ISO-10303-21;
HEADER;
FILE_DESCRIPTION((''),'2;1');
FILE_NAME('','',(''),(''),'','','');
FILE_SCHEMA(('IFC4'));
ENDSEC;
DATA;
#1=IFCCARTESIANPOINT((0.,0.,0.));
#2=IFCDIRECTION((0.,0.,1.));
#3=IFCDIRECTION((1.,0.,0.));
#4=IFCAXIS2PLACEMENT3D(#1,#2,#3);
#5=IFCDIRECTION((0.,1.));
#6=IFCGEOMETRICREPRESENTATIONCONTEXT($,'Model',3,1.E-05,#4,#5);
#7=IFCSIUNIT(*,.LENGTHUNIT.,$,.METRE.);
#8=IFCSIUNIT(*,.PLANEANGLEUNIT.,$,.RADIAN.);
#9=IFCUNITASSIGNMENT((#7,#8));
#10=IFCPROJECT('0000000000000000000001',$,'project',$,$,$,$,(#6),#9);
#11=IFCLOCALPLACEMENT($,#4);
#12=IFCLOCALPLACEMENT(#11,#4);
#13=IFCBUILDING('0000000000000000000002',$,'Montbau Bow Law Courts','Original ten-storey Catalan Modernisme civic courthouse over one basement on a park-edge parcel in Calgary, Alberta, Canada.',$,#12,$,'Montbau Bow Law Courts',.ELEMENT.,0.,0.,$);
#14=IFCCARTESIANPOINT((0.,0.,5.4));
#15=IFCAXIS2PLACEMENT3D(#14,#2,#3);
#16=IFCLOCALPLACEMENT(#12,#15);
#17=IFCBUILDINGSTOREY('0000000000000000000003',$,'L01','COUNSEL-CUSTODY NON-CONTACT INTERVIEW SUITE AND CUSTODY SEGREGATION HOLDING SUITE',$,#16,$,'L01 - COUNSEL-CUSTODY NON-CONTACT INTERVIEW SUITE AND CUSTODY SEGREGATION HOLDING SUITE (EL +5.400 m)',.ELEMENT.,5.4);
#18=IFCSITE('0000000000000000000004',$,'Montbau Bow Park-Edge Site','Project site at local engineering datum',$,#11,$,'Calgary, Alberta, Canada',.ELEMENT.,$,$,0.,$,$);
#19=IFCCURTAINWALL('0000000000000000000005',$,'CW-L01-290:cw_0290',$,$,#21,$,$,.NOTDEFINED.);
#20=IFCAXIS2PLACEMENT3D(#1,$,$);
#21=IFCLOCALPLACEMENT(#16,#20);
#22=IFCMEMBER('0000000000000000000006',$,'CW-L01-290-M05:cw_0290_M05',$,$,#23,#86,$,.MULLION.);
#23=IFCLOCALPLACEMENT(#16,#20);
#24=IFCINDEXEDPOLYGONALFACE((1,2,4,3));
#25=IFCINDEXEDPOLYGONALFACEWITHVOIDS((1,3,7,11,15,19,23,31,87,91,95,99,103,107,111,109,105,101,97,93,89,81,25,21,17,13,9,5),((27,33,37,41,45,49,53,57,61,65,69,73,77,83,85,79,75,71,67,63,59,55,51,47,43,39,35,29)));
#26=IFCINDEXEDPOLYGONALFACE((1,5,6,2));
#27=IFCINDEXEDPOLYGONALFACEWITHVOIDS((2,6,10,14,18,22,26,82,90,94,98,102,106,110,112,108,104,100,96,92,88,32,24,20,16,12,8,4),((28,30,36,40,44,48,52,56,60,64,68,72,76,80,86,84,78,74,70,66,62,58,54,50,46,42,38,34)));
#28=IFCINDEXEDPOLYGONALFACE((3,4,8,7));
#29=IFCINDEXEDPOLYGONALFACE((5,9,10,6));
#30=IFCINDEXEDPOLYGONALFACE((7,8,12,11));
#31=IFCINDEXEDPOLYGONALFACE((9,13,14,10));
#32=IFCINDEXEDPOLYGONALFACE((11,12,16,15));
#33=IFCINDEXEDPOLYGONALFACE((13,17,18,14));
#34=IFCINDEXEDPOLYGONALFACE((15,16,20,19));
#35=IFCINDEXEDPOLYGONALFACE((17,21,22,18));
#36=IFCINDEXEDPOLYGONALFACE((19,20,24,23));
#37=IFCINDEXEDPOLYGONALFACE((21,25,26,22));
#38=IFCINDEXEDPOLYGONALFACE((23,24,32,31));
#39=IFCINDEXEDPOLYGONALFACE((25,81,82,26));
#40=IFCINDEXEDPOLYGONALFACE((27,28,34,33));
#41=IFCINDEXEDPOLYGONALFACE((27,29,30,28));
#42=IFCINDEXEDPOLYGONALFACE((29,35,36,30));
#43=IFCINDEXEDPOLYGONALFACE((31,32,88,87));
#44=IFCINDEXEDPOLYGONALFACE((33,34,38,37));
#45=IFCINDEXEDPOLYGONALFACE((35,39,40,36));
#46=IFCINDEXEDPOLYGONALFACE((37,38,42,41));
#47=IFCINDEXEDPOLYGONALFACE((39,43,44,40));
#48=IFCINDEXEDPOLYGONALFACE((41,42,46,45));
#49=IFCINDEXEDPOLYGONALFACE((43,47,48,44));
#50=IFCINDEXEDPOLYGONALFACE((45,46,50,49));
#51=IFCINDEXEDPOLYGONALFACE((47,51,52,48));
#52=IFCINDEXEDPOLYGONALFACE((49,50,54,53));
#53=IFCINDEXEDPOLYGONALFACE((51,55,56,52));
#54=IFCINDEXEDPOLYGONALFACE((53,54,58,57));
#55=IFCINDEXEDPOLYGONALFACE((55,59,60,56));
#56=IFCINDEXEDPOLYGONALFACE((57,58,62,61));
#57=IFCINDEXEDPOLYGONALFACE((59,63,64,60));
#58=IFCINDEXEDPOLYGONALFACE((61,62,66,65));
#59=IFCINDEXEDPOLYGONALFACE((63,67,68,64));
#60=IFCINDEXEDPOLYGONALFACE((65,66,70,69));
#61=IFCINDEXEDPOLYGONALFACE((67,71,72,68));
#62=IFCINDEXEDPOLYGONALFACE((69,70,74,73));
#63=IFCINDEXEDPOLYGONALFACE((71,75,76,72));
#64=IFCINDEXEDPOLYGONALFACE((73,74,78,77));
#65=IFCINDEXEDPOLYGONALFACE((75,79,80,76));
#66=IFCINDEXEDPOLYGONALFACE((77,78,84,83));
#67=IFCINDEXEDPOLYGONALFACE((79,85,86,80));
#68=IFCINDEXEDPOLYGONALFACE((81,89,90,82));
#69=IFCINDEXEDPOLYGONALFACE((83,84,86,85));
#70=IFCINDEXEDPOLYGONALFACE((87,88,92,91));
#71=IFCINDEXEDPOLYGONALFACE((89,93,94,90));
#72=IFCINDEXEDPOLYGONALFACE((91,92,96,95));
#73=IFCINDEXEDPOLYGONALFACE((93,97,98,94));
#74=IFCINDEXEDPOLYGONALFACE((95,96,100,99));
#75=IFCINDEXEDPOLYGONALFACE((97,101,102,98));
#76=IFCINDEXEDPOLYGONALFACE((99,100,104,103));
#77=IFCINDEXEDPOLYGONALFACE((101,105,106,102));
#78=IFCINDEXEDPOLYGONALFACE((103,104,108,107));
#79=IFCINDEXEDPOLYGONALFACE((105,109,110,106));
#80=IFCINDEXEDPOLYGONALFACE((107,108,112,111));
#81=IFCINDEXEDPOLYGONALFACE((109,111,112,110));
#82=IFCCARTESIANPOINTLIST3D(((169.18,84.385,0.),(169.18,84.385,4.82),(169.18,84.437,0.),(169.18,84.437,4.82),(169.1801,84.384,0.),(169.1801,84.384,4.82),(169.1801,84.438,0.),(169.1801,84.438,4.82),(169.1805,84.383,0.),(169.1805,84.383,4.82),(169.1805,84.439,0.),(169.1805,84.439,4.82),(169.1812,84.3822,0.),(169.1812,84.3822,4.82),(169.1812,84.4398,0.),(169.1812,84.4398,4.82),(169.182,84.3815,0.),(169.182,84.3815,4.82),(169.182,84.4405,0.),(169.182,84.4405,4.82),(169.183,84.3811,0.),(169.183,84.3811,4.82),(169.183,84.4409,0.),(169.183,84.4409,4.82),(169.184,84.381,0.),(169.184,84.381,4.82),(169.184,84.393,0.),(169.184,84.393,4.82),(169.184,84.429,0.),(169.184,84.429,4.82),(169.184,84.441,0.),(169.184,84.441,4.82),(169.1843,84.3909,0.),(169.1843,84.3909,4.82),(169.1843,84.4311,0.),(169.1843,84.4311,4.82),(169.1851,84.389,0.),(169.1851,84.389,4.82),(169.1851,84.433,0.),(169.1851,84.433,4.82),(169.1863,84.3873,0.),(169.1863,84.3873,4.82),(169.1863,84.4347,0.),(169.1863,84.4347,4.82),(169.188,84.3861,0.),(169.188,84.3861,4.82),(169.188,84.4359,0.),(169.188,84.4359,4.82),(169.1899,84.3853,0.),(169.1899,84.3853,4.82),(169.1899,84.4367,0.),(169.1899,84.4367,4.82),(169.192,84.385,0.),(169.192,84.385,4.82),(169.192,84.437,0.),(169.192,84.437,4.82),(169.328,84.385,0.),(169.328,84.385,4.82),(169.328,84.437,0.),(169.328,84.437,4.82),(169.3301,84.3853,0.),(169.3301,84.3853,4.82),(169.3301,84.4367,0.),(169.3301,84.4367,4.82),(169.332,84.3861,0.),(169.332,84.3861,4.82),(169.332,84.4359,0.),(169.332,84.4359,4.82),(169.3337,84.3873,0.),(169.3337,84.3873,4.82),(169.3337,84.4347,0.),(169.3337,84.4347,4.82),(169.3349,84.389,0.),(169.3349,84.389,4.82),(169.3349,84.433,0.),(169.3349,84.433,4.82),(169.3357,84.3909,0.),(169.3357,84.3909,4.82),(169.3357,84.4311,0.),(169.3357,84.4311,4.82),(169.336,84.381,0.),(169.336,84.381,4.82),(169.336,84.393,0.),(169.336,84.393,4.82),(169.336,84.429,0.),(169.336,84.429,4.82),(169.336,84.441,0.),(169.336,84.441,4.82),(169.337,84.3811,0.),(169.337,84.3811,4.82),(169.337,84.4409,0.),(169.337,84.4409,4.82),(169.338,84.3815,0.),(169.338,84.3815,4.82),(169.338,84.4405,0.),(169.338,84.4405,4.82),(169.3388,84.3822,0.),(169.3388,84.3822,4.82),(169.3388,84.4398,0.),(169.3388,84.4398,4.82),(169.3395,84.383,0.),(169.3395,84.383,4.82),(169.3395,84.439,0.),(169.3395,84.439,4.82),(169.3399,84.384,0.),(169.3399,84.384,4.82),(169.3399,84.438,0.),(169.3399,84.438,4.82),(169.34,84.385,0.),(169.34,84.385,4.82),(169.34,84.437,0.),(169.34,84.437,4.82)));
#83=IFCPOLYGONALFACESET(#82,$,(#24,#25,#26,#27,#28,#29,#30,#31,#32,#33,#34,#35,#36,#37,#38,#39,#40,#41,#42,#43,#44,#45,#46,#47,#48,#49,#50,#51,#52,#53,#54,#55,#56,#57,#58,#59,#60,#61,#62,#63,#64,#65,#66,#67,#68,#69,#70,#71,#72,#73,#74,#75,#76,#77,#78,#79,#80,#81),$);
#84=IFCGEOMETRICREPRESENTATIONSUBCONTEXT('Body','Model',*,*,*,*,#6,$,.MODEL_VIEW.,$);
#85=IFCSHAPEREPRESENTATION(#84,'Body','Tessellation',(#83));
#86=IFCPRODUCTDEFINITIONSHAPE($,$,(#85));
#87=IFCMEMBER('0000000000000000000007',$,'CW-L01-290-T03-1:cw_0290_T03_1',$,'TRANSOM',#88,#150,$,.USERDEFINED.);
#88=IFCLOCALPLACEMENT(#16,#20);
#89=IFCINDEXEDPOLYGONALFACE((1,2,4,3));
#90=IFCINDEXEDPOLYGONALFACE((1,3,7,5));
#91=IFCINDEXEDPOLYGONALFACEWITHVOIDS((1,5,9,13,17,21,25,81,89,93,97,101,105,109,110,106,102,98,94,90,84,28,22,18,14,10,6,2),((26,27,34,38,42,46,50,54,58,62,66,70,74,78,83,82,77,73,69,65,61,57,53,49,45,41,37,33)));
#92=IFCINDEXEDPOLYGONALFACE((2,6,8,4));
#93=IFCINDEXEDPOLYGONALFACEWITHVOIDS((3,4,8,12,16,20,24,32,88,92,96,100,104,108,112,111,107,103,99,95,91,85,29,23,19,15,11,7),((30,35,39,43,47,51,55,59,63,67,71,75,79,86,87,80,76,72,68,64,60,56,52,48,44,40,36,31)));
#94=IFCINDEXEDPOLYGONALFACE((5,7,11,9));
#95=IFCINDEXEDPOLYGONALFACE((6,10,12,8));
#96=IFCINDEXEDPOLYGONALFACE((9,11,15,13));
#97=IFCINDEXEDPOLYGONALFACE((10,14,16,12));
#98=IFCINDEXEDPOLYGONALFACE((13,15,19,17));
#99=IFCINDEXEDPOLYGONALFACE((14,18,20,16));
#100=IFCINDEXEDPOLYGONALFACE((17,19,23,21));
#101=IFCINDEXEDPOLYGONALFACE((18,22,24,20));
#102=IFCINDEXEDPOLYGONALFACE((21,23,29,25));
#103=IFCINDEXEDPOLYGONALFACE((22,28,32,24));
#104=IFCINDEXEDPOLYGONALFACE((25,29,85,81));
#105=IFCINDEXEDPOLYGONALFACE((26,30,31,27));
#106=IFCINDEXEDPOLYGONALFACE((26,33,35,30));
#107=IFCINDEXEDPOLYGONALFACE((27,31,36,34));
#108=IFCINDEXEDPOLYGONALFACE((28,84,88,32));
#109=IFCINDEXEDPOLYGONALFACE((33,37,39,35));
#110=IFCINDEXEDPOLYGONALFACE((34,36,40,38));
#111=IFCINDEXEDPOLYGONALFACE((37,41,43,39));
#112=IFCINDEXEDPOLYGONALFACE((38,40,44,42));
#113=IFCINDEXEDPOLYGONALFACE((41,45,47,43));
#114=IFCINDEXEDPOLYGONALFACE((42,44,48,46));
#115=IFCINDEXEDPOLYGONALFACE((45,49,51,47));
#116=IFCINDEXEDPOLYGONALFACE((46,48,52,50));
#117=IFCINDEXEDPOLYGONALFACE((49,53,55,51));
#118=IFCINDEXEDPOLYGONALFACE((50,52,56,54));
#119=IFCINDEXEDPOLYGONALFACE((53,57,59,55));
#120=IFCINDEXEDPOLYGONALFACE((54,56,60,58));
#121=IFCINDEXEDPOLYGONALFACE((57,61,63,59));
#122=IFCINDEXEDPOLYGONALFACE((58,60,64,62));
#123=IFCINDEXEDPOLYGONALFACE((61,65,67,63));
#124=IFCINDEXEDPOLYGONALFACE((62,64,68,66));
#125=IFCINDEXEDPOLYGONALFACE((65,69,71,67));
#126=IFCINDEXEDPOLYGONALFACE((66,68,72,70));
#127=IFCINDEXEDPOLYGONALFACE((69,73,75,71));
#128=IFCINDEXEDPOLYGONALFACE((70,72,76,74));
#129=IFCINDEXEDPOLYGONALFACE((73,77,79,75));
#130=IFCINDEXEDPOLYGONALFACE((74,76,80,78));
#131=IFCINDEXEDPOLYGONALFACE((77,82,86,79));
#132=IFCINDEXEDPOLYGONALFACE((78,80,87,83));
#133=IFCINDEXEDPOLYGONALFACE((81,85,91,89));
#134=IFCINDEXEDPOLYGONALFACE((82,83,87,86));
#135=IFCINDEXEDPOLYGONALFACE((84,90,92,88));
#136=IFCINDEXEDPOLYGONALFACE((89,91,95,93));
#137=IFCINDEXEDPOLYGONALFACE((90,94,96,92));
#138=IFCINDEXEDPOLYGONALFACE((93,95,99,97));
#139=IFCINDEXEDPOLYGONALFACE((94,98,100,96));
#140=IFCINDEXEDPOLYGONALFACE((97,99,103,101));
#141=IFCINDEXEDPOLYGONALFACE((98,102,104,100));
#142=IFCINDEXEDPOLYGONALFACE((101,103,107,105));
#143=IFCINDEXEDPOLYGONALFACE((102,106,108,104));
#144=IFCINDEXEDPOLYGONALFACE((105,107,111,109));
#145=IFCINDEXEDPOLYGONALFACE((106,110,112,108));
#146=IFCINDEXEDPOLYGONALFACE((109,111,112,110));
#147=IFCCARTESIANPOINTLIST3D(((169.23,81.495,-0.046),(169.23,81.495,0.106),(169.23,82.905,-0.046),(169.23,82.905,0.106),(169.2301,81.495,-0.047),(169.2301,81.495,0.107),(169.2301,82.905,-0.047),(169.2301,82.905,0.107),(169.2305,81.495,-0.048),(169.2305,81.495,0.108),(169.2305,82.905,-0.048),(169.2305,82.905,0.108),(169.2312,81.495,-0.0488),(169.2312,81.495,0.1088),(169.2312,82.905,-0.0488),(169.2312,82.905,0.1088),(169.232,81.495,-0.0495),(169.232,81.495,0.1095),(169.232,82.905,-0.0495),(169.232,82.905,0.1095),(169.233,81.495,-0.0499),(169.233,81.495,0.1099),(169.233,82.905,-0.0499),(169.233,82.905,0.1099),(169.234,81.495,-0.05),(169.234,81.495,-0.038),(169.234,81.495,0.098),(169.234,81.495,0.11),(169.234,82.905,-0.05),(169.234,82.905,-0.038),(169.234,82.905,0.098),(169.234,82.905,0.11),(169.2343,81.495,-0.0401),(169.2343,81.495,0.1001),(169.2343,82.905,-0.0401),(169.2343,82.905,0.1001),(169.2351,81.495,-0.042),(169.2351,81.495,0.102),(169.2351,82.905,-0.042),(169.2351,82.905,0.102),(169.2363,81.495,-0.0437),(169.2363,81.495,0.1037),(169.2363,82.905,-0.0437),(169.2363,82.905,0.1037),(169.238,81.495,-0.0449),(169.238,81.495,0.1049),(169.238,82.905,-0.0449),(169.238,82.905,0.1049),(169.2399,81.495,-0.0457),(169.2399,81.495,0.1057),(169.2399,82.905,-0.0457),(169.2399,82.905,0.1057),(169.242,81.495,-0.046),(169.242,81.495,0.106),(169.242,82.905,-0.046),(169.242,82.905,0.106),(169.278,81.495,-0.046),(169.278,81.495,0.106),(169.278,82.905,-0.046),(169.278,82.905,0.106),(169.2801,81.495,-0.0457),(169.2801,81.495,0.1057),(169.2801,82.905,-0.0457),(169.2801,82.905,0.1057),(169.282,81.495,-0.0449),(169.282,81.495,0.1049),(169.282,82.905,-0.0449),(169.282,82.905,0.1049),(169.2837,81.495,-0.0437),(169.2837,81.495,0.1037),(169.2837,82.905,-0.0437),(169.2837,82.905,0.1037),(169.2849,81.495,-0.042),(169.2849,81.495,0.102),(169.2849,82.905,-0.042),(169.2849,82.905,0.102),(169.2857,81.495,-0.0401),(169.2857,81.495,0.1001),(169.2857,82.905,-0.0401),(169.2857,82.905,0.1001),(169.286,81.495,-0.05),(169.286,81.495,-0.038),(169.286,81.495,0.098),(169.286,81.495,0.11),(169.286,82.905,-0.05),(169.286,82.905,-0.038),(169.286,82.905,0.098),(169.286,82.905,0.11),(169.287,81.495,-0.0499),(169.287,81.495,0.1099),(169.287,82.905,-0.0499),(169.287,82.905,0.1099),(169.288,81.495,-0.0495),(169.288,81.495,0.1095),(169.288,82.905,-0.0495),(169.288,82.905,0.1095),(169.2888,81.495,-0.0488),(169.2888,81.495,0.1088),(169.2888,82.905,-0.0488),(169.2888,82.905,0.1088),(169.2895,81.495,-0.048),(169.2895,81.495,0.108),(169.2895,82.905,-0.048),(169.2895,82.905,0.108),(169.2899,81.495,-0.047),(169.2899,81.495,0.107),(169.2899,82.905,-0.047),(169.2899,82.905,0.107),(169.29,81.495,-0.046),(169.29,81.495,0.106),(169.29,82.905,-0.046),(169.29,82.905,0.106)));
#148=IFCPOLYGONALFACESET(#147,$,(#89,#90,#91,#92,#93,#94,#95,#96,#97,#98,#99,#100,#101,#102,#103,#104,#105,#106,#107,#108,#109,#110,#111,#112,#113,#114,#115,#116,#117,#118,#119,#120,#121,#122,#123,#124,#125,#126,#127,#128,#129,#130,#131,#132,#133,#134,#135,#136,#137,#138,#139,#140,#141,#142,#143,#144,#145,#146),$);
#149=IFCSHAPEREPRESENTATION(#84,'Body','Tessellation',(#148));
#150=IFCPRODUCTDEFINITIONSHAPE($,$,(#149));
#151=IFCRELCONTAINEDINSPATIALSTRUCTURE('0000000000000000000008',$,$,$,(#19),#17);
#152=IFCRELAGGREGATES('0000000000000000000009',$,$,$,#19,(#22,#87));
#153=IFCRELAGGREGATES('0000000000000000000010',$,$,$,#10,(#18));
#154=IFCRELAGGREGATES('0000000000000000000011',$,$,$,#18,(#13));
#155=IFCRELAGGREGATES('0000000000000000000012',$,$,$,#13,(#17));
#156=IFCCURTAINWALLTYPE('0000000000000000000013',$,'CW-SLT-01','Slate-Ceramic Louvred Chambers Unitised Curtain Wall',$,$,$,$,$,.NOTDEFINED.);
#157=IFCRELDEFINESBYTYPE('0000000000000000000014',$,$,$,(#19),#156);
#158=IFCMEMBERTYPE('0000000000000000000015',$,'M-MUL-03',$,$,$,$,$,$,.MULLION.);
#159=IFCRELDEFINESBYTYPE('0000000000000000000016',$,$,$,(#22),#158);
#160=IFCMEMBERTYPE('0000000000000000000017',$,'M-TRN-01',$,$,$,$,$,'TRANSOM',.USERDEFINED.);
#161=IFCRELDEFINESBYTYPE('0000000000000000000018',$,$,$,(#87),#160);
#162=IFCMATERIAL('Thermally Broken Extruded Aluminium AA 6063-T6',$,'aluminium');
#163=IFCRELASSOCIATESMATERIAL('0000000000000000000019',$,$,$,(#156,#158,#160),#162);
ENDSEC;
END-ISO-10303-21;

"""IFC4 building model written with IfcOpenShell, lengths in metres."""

from ifc_helpers import new_model, si_unit, direction, frame, origin_with_axes, origin_2d_with_axis, place, context, subcontext, project, spatial, hollow_rectangle, extrude, material, material_profile, profile_set, type_object, element, aggregate, save


model = new_model("IFC4")

# Units and contexts
model_context = context("Model", 3, precision=1e-05, world=origin_with_axes(), true_north=direction((0.0, 1.0)))
body_context = subcontext(model_context, "Body", "Model", "MODEL_VIEW")
ifc_project = project(units=[si_unit("LENGTHUNIT", "METRE"), si_unit("PLANEANGLEUNIT", "RADIAN")], contexts=[model_context])

# Site, building, storey
site_placement = place(None, origin_with_axes())
site = spatial("IfcSite", under=ifc_project, at=site_placement, Name="Montbau Bow Park-Edge Site", Description="Project site at local engineering datum", LongName="Calgary, Alberta, Canada", CompositionType="ELEMENT", RefElevation=0.0)
building_placement = place(site_placement, origin_with_axes())
building = spatial("IfcBuilding", under=site, at=building_placement, Name="Montbau Bow Law Courts", Description="Original ten-storey Catalan Modernisme civic courthouse over one basement on a park-edge parcel in Calgary, Alberta, Canada.", LongName="Montbau Bow Law Courts", CompositionType="ELEMENT", ElevationOfRefHeight=0.0, ElevationOfTerrain=0.0)
storey_placement = place(building_placement, frame((0.0, 0.0, 5.4), z_axis=(0.0, 0.0, 1.0), x_axis=(1.0, 0.0, 0.0)))
storey = spatial("IfcBuildingStorey", under=building, at=storey_placement, Name="L01", Description="COUNSEL-CUSTODY NON-CONTACT INTERVIEW SUITE AND CUSTODY SEGREGATION HOLDING SUITE", LongName="L01 - COUNSEL-CUSTODY NON-CONTACT INTERVIEW SUITE AND CUSTODY SEGREGATION HOLDING SUITE (EL +5.400 m)", CompositionType="ELEMENT", Elevation=5.4)

# Curtain wall, members
ifc_material_1 = material(Name="Thermally Broken Extruded Aluminium AA 6063-T6", Category="aluminium")
curtain_wall_type = type_object("IfcCurtainWallType", Name="CW-SLT-01", Description="Slate-Ceramic Louvred Chambers Unitised Curtain Wall", PredefinedType="NOTDEFINED", material=ifc_material_1)
curtain_wall_placement = place(None, frame((169.26, 78.515, 5.4), z_axis=(0.0, 0.0, 1.0), x_axis=(1.0, 0.0, 0.0)))
curtain_wall = element("IfcCurtainWall", 1, at=curtain_wall_placement, inside=storey, type_object=curtain_wall_type, Name="CW-L01-290:cw_0290", PredefinedType="NOTDEFINED")
ifc_material_profile_1 = material_profile(ifc_material_1, hollow_rectangle(XDim=0.06, YDim=0.16, WallThickness=0.004, InnerFilletRadius=0.008, OuterFilletRadius=0.004, at=origin_2d_with_axis()), Name="CWM-160X60", Category="Main", Priority=0)
ifc_profile_set_1 = profile_set([ifc_material_profile_1], Name="Thermally Broken Extruded Aluminium AA 6063-T6")
member_type_1 = type_object("IfcMemberType", Name="M-MUL-03", PredefinedType="MULLION", material=ifc_profile_set_1)
member_1_placement = place(None, frame((169.26, 84.411, 5.4), z_axis=(0.0, 0.0, 1.0), x_axis=(0.0, 1.0, 0.0)))
member_1 = element("IfcMember", 2, at=member_1_placement, type_object=member_type_1, Name="CW-L01-290-M05:cw_0290_M05", PredefinedType="MULLION", context=body_context, shape_type="SweptSolid", body=[
    extrude(hollow_rectangle(XDim=0.06, YDim=0.16, WallThickness=0.004, InnerFilletRadius=0.008, OuterFilletRadius=0.004, at=origin_2d_with_axis()), origin_with_axes(), (0.0, 0.0, 1.0), 4.82),
])
ifc_material_profile_2 = material_profile(ifc_material_1, hollow_rectangle(XDim=0.06, YDim=0.16, WallThickness=0.004, InnerFilletRadius=0.008, OuterFilletRadius=0.004, at=origin_2d_with_axis()), Name="CWT-160X60", Category="Main", Priority=0)
ifc_profile_set_2 = profile_set([ifc_material_profile_2], Name="Thermally Broken Extruded Aluminium AA 6063-T6")
member_type_2 = type_object("IfcMemberType", Name="M-TRN-01", ElementType="TRANSOM", PredefinedType="USERDEFINED", material=ifc_profile_set_2)
member_2_placement = place(None, frame((169.26, 81.495, 5.43), z_axis=(0.0, 1.0, 0.0), x_axis=(-1.0, 0.0, 0.0)))
member_2 = element("IfcMember", 3, at=member_2_placement, type_object=member_type_2, Name="CW-L01-290-T03-1:cw_0290_T03_1", ObjectType="TRANSOM", PredefinedType="USERDEFINED", context=body_context, shape_type="SweptSolid", body=[
    extrude(hollow_rectangle(XDim=0.06, YDim=0.16, WallThickness=0.004, InnerFilletRadius=0.008, OuterFilletRadius=0.004, at=origin_2d_with_axis()), origin_with_axes(), (0.0, 0.0, 1.0), 1.41),
])
aggregate(curtain_wall, [member_1, member_2])

save(model, "model.ifc")
